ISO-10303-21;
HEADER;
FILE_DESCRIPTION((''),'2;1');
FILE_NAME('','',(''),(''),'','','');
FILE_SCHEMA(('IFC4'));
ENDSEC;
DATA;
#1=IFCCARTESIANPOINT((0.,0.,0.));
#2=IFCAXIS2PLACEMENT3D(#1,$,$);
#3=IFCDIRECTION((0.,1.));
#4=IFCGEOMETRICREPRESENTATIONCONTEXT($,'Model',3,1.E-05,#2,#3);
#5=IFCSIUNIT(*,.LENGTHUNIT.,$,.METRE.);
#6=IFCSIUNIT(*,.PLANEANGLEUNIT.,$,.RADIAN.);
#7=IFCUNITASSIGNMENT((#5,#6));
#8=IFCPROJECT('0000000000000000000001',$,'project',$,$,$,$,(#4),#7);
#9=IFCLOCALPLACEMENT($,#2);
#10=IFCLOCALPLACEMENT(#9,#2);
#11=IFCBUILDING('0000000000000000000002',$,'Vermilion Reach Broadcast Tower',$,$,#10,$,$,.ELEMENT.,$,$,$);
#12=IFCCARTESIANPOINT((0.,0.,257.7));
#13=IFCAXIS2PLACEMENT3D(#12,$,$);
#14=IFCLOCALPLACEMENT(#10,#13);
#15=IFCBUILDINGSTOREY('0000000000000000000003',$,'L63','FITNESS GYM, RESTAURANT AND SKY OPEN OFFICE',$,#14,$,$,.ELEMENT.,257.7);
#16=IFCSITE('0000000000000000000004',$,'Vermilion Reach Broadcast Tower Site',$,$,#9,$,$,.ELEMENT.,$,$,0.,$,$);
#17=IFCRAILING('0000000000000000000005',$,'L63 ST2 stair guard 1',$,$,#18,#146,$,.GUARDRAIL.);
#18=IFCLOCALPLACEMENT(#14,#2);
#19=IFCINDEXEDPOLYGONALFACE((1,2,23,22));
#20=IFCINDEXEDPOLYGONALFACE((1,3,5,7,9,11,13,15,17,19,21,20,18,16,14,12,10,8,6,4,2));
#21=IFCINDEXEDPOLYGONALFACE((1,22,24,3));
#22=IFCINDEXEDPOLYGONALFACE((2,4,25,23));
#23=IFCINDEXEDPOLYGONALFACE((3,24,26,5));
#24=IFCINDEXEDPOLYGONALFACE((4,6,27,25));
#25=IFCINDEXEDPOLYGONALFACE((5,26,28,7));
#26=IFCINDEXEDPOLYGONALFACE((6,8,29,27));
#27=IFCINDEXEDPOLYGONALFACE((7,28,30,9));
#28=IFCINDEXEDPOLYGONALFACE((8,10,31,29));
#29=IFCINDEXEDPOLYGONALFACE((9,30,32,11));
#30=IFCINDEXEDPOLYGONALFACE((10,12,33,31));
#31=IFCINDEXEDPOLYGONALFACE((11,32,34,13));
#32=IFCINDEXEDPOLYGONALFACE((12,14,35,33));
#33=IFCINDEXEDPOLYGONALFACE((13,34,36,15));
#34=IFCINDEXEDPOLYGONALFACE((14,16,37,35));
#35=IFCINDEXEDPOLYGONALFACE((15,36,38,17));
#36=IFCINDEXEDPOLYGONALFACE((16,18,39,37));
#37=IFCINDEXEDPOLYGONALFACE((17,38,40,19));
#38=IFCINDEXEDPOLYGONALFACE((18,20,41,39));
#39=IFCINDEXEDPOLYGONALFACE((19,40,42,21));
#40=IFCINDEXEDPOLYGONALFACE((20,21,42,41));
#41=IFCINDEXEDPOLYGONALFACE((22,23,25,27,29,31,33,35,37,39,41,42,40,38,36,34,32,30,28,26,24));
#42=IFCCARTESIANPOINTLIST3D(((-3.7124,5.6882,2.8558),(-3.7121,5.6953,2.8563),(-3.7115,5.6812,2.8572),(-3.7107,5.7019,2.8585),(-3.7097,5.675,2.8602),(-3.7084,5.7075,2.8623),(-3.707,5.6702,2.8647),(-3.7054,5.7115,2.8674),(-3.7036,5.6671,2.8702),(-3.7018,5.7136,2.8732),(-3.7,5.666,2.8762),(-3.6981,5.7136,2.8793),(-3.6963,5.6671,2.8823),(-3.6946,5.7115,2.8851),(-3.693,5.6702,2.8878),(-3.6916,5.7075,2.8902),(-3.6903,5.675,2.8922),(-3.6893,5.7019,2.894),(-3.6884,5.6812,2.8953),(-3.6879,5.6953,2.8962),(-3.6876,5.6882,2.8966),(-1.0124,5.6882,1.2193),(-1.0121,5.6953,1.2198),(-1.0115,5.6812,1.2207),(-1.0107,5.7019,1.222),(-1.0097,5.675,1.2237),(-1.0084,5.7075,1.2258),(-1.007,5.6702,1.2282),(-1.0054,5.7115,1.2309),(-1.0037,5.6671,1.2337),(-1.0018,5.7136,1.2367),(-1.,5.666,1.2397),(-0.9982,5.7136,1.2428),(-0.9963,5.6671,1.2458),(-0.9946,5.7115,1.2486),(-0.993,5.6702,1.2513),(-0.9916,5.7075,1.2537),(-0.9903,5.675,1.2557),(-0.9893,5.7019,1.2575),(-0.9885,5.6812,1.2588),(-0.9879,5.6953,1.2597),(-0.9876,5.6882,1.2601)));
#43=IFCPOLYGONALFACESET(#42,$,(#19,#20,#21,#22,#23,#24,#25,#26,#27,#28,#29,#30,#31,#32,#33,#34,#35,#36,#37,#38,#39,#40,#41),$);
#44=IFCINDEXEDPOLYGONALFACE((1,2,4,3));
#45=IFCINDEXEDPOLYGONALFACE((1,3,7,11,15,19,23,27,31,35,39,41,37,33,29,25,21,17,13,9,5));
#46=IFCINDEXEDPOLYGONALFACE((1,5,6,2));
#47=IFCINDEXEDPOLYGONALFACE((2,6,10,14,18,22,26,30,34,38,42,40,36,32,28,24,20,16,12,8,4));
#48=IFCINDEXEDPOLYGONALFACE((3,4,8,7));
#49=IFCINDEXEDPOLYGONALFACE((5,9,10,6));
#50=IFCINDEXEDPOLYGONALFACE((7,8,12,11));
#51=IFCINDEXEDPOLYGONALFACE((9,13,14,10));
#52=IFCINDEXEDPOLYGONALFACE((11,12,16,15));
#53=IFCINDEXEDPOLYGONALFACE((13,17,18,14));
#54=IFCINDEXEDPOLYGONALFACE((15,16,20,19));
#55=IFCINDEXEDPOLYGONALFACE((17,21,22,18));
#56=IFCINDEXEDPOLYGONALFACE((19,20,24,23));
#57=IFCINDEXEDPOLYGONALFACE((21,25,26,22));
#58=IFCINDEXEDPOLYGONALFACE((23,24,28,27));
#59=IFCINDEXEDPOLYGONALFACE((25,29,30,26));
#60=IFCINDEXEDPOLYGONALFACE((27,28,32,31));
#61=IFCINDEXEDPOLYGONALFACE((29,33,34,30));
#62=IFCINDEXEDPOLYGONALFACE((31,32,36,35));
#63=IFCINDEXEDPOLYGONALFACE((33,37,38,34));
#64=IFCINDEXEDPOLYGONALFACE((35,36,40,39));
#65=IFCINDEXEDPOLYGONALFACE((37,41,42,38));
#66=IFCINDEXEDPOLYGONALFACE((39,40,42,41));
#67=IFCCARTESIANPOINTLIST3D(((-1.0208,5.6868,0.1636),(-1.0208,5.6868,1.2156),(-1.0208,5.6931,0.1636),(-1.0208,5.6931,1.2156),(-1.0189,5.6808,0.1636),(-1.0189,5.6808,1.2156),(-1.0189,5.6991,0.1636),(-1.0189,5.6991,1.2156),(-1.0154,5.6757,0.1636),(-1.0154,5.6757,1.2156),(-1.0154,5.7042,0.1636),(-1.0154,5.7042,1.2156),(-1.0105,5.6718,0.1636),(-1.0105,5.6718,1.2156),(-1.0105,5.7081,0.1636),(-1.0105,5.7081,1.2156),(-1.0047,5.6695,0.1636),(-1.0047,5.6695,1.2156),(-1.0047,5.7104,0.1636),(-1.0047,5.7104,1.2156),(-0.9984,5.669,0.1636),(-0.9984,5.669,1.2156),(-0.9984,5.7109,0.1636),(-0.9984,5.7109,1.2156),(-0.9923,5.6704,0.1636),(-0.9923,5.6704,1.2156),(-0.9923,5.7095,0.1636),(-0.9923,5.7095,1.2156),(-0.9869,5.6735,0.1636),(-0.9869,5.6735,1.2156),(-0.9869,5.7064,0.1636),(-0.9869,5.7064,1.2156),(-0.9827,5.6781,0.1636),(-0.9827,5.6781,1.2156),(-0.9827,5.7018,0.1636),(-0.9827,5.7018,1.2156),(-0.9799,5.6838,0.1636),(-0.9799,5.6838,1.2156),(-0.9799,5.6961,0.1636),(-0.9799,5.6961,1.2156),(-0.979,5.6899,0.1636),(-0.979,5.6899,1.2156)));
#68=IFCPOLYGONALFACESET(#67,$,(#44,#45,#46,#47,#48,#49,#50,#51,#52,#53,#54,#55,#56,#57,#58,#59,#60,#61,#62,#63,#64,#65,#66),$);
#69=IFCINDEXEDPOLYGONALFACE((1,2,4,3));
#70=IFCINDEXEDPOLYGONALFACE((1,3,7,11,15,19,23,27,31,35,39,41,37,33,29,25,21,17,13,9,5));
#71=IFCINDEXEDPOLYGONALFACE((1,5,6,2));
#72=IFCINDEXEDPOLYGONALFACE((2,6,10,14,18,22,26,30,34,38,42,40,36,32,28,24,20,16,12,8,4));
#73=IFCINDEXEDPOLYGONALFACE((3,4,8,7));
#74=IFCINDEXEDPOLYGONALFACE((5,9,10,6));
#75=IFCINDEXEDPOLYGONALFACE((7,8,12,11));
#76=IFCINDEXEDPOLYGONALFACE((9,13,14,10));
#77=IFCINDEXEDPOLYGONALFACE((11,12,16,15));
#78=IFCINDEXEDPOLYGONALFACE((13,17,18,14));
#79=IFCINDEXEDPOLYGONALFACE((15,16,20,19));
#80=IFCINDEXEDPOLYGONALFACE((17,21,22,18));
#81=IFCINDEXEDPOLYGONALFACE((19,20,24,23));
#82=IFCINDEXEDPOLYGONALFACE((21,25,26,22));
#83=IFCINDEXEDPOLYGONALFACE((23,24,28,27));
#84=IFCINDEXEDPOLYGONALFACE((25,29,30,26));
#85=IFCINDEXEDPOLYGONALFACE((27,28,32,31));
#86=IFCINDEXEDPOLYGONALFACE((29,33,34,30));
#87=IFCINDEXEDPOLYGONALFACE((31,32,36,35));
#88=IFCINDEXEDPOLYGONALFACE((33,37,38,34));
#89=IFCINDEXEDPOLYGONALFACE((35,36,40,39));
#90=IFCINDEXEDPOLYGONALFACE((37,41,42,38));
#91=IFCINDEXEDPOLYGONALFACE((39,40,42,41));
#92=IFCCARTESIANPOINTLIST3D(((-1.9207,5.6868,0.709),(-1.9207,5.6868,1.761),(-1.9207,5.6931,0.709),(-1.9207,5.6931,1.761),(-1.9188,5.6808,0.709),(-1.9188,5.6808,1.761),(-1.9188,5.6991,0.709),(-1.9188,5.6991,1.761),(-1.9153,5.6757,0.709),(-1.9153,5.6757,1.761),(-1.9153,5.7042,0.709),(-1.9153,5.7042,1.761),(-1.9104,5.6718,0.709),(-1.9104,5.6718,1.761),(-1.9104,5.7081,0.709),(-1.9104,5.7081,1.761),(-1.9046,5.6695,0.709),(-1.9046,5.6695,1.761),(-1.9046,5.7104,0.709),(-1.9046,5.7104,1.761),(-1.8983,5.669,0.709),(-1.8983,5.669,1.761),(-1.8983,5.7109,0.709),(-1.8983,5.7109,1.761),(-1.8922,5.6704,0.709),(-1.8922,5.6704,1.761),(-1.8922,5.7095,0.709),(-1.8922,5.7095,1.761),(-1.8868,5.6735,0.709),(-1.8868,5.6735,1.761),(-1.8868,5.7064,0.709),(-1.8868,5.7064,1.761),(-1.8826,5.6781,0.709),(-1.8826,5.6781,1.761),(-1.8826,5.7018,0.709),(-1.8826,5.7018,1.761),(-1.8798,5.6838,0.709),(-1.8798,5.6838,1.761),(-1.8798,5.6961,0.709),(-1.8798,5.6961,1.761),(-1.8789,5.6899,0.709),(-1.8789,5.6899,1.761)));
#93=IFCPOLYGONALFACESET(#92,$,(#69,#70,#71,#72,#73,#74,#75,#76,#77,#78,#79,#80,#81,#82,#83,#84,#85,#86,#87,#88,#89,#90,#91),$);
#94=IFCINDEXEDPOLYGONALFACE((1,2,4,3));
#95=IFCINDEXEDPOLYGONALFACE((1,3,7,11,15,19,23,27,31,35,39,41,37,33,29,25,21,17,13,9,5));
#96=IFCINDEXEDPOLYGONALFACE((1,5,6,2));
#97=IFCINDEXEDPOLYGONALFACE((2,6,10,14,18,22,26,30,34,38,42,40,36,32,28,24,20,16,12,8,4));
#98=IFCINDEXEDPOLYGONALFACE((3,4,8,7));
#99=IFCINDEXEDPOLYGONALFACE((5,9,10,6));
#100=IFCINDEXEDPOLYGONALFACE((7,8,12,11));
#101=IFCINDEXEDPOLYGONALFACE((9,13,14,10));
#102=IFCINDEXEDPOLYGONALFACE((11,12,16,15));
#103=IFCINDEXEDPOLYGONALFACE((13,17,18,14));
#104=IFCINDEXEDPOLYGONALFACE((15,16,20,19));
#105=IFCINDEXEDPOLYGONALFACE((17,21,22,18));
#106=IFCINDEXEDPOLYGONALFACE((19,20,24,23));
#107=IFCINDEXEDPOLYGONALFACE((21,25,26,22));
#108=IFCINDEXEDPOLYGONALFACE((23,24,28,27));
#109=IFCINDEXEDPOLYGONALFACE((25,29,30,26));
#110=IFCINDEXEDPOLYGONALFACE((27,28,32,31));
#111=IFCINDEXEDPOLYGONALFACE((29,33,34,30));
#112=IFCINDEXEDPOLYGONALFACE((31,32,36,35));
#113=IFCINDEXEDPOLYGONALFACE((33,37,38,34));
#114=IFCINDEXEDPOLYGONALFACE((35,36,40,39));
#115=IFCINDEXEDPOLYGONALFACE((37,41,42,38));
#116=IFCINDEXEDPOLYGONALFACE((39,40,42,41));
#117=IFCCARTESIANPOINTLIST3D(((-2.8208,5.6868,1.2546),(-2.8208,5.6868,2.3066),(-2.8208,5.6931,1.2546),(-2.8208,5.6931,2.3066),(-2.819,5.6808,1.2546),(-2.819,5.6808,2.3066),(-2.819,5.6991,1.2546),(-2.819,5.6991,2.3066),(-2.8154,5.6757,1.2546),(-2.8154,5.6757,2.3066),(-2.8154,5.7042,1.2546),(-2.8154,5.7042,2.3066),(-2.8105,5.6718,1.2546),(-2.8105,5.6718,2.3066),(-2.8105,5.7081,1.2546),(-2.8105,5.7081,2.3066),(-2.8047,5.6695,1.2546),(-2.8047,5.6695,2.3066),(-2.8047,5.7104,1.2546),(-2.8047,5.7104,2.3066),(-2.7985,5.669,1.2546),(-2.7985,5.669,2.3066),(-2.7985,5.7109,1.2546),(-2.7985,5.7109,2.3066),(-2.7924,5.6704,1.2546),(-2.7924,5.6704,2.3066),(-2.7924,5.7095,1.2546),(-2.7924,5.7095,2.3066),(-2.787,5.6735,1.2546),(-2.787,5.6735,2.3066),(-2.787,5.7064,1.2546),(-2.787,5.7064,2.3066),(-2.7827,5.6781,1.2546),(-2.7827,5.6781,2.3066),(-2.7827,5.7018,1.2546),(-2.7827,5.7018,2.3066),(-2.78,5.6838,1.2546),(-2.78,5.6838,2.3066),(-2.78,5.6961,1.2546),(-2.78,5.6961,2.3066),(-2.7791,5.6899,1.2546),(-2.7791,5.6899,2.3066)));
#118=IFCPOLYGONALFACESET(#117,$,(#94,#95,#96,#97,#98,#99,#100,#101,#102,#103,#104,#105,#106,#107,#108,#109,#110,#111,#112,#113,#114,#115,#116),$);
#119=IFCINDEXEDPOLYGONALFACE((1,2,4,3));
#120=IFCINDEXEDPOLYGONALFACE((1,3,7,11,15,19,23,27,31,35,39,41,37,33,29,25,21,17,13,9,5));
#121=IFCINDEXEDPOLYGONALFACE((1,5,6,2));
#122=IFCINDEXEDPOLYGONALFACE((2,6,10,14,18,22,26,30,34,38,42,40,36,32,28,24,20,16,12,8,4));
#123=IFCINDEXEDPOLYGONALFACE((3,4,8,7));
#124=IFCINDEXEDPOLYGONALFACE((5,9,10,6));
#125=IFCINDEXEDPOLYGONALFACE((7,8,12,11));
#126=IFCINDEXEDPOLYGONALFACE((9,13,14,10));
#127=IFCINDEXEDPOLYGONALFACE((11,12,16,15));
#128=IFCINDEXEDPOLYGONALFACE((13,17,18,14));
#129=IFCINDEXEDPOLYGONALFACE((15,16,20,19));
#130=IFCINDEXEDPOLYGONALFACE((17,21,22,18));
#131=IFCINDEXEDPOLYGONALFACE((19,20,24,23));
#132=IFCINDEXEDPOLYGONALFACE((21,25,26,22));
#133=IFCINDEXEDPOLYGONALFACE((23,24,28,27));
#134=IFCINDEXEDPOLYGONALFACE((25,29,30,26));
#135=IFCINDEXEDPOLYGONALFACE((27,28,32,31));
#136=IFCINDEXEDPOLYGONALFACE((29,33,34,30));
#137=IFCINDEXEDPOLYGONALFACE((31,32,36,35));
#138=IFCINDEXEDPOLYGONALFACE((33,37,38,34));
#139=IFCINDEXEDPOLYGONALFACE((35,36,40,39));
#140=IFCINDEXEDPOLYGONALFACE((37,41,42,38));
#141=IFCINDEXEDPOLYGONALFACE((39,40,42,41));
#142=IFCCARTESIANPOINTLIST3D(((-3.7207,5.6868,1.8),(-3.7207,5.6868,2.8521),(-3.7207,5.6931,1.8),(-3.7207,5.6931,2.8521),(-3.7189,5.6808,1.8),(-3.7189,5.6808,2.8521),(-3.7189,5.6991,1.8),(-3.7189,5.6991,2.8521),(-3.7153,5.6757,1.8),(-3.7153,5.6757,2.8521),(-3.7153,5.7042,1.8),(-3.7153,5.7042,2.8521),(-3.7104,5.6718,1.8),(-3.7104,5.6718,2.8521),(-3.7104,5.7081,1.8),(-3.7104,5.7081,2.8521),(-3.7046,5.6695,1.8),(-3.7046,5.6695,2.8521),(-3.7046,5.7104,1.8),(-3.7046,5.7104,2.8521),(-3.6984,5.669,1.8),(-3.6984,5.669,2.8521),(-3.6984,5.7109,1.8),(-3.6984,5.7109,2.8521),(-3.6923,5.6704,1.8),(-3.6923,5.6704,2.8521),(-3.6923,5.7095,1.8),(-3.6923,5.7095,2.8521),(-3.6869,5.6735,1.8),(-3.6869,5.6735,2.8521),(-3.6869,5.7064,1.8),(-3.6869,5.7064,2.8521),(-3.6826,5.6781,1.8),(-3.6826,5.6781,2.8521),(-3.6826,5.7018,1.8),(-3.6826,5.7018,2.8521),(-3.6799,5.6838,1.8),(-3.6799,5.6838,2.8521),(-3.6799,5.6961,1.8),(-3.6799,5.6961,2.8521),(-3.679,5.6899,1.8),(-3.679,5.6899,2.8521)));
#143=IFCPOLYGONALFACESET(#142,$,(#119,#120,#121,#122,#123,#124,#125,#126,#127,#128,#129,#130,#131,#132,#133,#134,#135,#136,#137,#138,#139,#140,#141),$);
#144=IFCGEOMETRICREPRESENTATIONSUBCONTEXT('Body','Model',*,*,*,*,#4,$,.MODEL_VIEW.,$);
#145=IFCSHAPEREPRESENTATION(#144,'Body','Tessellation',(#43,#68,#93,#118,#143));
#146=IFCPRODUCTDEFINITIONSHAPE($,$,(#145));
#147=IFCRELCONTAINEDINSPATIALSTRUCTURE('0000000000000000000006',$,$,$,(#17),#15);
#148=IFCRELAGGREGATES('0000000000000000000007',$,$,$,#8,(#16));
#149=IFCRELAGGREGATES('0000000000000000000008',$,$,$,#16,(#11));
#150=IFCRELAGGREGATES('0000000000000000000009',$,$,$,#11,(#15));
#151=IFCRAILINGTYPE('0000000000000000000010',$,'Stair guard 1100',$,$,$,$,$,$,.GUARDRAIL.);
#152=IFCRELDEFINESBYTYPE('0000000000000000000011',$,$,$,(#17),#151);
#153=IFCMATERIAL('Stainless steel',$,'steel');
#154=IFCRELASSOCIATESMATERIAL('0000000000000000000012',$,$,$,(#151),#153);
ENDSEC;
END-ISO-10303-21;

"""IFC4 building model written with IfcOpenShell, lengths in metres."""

from ifc_helpers import new_model, si_unit, direction, frame, origin, origin_2d, place, context, subcontext, project, spatial, circle, extrude, material, type_object, element, save


model = new_model("IFC4")

# Units and contexts
model_context = context("Model", 3, precision=1e-05, world=origin(), true_north=direction((0.0, 1.0)))
body_context = subcontext(model_context, "Body", "Model", "MODEL_VIEW")
ifc_project = project(units=[si_unit("LENGTHUNIT", "METRE"), si_unit("PLANEANGLEUNIT", "RADIAN")], contexts=[model_context])

# Site, building, storey
site_placement = place(None, origin())
site = spatial("IfcSite", under=ifc_project, at=site_placement, Name="Vermilion Reach Broadcast Tower Site", CompositionType="ELEMENT", RefElevation=0.0)
building_placement = place(site_placement, origin())
building = spatial("IfcBuilding", under=site, at=building_placement, Name="Vermilion Reach Broadcast Tower", CompositionType="ELEMENT")
storey_placement = place(building_placement, frame((0.0, 0.0, 257.7)))
storey = spatial("IfcBuildingStorey", under=building, at=storey_placement, Name="L63", Description="FITNESS GYM, RESTAURANT AND SKY OPEN OFFICE", CompositionType="ELEMENT", Elevation=257.7)

# Railing
ifc_material_1 = material(Name="Stainless steel", Category="steel")
railing_type_1 = type_object("IfcRailingType", Name="Stair guard 1100", PredefinedType="GUARDRAIL", material=ifc_material_1)
railing_1_placement = place(storey_placement, frame((-1.0, 5.6899, 0.1636)))
element("IfcRailing", 1, at=railing_1_placement, inside=storey, type_object=railing_type_1, Name="L63 ST2 stair guard 1", PredefinedType="GUARDRAIL", context=body_context, shape_type="SweptSolid", body=[
    extrude(circle(Radius=0.0239, at=origin_2d()), frame((0.0, 0.0, 1.0762), z_axis=(-0.855178, 0.0, 0.518334), x_axis=(0.0, -1.0, 0.0)), (0.0, 0.0, 1.0), 3.1572),
    extrude(circle(Radius=0.021, at=origin_2d()), origin(), (0.0, 0.0, 1.0), 1.052),
    extrude(circle(Radius=0.021, at=origin_2d()), frame((-0.8999, 0.0, 0.5454)), (0.0, 0.0, 1.0), 1.052),
    extrude(circle(Radius=0.021, at=origin_2d()), frame((-1.8, 0.0, 1.0911)), (0.0, 0.0, 1.0), 1.052),
    extrude(circle(Radius=0.021, at=origin_2d()), frame((-2.7, 0.0, 1.6365)), (0.0, 0.0, 1.0), 1.052),
])

save(model, "model.ifc")
